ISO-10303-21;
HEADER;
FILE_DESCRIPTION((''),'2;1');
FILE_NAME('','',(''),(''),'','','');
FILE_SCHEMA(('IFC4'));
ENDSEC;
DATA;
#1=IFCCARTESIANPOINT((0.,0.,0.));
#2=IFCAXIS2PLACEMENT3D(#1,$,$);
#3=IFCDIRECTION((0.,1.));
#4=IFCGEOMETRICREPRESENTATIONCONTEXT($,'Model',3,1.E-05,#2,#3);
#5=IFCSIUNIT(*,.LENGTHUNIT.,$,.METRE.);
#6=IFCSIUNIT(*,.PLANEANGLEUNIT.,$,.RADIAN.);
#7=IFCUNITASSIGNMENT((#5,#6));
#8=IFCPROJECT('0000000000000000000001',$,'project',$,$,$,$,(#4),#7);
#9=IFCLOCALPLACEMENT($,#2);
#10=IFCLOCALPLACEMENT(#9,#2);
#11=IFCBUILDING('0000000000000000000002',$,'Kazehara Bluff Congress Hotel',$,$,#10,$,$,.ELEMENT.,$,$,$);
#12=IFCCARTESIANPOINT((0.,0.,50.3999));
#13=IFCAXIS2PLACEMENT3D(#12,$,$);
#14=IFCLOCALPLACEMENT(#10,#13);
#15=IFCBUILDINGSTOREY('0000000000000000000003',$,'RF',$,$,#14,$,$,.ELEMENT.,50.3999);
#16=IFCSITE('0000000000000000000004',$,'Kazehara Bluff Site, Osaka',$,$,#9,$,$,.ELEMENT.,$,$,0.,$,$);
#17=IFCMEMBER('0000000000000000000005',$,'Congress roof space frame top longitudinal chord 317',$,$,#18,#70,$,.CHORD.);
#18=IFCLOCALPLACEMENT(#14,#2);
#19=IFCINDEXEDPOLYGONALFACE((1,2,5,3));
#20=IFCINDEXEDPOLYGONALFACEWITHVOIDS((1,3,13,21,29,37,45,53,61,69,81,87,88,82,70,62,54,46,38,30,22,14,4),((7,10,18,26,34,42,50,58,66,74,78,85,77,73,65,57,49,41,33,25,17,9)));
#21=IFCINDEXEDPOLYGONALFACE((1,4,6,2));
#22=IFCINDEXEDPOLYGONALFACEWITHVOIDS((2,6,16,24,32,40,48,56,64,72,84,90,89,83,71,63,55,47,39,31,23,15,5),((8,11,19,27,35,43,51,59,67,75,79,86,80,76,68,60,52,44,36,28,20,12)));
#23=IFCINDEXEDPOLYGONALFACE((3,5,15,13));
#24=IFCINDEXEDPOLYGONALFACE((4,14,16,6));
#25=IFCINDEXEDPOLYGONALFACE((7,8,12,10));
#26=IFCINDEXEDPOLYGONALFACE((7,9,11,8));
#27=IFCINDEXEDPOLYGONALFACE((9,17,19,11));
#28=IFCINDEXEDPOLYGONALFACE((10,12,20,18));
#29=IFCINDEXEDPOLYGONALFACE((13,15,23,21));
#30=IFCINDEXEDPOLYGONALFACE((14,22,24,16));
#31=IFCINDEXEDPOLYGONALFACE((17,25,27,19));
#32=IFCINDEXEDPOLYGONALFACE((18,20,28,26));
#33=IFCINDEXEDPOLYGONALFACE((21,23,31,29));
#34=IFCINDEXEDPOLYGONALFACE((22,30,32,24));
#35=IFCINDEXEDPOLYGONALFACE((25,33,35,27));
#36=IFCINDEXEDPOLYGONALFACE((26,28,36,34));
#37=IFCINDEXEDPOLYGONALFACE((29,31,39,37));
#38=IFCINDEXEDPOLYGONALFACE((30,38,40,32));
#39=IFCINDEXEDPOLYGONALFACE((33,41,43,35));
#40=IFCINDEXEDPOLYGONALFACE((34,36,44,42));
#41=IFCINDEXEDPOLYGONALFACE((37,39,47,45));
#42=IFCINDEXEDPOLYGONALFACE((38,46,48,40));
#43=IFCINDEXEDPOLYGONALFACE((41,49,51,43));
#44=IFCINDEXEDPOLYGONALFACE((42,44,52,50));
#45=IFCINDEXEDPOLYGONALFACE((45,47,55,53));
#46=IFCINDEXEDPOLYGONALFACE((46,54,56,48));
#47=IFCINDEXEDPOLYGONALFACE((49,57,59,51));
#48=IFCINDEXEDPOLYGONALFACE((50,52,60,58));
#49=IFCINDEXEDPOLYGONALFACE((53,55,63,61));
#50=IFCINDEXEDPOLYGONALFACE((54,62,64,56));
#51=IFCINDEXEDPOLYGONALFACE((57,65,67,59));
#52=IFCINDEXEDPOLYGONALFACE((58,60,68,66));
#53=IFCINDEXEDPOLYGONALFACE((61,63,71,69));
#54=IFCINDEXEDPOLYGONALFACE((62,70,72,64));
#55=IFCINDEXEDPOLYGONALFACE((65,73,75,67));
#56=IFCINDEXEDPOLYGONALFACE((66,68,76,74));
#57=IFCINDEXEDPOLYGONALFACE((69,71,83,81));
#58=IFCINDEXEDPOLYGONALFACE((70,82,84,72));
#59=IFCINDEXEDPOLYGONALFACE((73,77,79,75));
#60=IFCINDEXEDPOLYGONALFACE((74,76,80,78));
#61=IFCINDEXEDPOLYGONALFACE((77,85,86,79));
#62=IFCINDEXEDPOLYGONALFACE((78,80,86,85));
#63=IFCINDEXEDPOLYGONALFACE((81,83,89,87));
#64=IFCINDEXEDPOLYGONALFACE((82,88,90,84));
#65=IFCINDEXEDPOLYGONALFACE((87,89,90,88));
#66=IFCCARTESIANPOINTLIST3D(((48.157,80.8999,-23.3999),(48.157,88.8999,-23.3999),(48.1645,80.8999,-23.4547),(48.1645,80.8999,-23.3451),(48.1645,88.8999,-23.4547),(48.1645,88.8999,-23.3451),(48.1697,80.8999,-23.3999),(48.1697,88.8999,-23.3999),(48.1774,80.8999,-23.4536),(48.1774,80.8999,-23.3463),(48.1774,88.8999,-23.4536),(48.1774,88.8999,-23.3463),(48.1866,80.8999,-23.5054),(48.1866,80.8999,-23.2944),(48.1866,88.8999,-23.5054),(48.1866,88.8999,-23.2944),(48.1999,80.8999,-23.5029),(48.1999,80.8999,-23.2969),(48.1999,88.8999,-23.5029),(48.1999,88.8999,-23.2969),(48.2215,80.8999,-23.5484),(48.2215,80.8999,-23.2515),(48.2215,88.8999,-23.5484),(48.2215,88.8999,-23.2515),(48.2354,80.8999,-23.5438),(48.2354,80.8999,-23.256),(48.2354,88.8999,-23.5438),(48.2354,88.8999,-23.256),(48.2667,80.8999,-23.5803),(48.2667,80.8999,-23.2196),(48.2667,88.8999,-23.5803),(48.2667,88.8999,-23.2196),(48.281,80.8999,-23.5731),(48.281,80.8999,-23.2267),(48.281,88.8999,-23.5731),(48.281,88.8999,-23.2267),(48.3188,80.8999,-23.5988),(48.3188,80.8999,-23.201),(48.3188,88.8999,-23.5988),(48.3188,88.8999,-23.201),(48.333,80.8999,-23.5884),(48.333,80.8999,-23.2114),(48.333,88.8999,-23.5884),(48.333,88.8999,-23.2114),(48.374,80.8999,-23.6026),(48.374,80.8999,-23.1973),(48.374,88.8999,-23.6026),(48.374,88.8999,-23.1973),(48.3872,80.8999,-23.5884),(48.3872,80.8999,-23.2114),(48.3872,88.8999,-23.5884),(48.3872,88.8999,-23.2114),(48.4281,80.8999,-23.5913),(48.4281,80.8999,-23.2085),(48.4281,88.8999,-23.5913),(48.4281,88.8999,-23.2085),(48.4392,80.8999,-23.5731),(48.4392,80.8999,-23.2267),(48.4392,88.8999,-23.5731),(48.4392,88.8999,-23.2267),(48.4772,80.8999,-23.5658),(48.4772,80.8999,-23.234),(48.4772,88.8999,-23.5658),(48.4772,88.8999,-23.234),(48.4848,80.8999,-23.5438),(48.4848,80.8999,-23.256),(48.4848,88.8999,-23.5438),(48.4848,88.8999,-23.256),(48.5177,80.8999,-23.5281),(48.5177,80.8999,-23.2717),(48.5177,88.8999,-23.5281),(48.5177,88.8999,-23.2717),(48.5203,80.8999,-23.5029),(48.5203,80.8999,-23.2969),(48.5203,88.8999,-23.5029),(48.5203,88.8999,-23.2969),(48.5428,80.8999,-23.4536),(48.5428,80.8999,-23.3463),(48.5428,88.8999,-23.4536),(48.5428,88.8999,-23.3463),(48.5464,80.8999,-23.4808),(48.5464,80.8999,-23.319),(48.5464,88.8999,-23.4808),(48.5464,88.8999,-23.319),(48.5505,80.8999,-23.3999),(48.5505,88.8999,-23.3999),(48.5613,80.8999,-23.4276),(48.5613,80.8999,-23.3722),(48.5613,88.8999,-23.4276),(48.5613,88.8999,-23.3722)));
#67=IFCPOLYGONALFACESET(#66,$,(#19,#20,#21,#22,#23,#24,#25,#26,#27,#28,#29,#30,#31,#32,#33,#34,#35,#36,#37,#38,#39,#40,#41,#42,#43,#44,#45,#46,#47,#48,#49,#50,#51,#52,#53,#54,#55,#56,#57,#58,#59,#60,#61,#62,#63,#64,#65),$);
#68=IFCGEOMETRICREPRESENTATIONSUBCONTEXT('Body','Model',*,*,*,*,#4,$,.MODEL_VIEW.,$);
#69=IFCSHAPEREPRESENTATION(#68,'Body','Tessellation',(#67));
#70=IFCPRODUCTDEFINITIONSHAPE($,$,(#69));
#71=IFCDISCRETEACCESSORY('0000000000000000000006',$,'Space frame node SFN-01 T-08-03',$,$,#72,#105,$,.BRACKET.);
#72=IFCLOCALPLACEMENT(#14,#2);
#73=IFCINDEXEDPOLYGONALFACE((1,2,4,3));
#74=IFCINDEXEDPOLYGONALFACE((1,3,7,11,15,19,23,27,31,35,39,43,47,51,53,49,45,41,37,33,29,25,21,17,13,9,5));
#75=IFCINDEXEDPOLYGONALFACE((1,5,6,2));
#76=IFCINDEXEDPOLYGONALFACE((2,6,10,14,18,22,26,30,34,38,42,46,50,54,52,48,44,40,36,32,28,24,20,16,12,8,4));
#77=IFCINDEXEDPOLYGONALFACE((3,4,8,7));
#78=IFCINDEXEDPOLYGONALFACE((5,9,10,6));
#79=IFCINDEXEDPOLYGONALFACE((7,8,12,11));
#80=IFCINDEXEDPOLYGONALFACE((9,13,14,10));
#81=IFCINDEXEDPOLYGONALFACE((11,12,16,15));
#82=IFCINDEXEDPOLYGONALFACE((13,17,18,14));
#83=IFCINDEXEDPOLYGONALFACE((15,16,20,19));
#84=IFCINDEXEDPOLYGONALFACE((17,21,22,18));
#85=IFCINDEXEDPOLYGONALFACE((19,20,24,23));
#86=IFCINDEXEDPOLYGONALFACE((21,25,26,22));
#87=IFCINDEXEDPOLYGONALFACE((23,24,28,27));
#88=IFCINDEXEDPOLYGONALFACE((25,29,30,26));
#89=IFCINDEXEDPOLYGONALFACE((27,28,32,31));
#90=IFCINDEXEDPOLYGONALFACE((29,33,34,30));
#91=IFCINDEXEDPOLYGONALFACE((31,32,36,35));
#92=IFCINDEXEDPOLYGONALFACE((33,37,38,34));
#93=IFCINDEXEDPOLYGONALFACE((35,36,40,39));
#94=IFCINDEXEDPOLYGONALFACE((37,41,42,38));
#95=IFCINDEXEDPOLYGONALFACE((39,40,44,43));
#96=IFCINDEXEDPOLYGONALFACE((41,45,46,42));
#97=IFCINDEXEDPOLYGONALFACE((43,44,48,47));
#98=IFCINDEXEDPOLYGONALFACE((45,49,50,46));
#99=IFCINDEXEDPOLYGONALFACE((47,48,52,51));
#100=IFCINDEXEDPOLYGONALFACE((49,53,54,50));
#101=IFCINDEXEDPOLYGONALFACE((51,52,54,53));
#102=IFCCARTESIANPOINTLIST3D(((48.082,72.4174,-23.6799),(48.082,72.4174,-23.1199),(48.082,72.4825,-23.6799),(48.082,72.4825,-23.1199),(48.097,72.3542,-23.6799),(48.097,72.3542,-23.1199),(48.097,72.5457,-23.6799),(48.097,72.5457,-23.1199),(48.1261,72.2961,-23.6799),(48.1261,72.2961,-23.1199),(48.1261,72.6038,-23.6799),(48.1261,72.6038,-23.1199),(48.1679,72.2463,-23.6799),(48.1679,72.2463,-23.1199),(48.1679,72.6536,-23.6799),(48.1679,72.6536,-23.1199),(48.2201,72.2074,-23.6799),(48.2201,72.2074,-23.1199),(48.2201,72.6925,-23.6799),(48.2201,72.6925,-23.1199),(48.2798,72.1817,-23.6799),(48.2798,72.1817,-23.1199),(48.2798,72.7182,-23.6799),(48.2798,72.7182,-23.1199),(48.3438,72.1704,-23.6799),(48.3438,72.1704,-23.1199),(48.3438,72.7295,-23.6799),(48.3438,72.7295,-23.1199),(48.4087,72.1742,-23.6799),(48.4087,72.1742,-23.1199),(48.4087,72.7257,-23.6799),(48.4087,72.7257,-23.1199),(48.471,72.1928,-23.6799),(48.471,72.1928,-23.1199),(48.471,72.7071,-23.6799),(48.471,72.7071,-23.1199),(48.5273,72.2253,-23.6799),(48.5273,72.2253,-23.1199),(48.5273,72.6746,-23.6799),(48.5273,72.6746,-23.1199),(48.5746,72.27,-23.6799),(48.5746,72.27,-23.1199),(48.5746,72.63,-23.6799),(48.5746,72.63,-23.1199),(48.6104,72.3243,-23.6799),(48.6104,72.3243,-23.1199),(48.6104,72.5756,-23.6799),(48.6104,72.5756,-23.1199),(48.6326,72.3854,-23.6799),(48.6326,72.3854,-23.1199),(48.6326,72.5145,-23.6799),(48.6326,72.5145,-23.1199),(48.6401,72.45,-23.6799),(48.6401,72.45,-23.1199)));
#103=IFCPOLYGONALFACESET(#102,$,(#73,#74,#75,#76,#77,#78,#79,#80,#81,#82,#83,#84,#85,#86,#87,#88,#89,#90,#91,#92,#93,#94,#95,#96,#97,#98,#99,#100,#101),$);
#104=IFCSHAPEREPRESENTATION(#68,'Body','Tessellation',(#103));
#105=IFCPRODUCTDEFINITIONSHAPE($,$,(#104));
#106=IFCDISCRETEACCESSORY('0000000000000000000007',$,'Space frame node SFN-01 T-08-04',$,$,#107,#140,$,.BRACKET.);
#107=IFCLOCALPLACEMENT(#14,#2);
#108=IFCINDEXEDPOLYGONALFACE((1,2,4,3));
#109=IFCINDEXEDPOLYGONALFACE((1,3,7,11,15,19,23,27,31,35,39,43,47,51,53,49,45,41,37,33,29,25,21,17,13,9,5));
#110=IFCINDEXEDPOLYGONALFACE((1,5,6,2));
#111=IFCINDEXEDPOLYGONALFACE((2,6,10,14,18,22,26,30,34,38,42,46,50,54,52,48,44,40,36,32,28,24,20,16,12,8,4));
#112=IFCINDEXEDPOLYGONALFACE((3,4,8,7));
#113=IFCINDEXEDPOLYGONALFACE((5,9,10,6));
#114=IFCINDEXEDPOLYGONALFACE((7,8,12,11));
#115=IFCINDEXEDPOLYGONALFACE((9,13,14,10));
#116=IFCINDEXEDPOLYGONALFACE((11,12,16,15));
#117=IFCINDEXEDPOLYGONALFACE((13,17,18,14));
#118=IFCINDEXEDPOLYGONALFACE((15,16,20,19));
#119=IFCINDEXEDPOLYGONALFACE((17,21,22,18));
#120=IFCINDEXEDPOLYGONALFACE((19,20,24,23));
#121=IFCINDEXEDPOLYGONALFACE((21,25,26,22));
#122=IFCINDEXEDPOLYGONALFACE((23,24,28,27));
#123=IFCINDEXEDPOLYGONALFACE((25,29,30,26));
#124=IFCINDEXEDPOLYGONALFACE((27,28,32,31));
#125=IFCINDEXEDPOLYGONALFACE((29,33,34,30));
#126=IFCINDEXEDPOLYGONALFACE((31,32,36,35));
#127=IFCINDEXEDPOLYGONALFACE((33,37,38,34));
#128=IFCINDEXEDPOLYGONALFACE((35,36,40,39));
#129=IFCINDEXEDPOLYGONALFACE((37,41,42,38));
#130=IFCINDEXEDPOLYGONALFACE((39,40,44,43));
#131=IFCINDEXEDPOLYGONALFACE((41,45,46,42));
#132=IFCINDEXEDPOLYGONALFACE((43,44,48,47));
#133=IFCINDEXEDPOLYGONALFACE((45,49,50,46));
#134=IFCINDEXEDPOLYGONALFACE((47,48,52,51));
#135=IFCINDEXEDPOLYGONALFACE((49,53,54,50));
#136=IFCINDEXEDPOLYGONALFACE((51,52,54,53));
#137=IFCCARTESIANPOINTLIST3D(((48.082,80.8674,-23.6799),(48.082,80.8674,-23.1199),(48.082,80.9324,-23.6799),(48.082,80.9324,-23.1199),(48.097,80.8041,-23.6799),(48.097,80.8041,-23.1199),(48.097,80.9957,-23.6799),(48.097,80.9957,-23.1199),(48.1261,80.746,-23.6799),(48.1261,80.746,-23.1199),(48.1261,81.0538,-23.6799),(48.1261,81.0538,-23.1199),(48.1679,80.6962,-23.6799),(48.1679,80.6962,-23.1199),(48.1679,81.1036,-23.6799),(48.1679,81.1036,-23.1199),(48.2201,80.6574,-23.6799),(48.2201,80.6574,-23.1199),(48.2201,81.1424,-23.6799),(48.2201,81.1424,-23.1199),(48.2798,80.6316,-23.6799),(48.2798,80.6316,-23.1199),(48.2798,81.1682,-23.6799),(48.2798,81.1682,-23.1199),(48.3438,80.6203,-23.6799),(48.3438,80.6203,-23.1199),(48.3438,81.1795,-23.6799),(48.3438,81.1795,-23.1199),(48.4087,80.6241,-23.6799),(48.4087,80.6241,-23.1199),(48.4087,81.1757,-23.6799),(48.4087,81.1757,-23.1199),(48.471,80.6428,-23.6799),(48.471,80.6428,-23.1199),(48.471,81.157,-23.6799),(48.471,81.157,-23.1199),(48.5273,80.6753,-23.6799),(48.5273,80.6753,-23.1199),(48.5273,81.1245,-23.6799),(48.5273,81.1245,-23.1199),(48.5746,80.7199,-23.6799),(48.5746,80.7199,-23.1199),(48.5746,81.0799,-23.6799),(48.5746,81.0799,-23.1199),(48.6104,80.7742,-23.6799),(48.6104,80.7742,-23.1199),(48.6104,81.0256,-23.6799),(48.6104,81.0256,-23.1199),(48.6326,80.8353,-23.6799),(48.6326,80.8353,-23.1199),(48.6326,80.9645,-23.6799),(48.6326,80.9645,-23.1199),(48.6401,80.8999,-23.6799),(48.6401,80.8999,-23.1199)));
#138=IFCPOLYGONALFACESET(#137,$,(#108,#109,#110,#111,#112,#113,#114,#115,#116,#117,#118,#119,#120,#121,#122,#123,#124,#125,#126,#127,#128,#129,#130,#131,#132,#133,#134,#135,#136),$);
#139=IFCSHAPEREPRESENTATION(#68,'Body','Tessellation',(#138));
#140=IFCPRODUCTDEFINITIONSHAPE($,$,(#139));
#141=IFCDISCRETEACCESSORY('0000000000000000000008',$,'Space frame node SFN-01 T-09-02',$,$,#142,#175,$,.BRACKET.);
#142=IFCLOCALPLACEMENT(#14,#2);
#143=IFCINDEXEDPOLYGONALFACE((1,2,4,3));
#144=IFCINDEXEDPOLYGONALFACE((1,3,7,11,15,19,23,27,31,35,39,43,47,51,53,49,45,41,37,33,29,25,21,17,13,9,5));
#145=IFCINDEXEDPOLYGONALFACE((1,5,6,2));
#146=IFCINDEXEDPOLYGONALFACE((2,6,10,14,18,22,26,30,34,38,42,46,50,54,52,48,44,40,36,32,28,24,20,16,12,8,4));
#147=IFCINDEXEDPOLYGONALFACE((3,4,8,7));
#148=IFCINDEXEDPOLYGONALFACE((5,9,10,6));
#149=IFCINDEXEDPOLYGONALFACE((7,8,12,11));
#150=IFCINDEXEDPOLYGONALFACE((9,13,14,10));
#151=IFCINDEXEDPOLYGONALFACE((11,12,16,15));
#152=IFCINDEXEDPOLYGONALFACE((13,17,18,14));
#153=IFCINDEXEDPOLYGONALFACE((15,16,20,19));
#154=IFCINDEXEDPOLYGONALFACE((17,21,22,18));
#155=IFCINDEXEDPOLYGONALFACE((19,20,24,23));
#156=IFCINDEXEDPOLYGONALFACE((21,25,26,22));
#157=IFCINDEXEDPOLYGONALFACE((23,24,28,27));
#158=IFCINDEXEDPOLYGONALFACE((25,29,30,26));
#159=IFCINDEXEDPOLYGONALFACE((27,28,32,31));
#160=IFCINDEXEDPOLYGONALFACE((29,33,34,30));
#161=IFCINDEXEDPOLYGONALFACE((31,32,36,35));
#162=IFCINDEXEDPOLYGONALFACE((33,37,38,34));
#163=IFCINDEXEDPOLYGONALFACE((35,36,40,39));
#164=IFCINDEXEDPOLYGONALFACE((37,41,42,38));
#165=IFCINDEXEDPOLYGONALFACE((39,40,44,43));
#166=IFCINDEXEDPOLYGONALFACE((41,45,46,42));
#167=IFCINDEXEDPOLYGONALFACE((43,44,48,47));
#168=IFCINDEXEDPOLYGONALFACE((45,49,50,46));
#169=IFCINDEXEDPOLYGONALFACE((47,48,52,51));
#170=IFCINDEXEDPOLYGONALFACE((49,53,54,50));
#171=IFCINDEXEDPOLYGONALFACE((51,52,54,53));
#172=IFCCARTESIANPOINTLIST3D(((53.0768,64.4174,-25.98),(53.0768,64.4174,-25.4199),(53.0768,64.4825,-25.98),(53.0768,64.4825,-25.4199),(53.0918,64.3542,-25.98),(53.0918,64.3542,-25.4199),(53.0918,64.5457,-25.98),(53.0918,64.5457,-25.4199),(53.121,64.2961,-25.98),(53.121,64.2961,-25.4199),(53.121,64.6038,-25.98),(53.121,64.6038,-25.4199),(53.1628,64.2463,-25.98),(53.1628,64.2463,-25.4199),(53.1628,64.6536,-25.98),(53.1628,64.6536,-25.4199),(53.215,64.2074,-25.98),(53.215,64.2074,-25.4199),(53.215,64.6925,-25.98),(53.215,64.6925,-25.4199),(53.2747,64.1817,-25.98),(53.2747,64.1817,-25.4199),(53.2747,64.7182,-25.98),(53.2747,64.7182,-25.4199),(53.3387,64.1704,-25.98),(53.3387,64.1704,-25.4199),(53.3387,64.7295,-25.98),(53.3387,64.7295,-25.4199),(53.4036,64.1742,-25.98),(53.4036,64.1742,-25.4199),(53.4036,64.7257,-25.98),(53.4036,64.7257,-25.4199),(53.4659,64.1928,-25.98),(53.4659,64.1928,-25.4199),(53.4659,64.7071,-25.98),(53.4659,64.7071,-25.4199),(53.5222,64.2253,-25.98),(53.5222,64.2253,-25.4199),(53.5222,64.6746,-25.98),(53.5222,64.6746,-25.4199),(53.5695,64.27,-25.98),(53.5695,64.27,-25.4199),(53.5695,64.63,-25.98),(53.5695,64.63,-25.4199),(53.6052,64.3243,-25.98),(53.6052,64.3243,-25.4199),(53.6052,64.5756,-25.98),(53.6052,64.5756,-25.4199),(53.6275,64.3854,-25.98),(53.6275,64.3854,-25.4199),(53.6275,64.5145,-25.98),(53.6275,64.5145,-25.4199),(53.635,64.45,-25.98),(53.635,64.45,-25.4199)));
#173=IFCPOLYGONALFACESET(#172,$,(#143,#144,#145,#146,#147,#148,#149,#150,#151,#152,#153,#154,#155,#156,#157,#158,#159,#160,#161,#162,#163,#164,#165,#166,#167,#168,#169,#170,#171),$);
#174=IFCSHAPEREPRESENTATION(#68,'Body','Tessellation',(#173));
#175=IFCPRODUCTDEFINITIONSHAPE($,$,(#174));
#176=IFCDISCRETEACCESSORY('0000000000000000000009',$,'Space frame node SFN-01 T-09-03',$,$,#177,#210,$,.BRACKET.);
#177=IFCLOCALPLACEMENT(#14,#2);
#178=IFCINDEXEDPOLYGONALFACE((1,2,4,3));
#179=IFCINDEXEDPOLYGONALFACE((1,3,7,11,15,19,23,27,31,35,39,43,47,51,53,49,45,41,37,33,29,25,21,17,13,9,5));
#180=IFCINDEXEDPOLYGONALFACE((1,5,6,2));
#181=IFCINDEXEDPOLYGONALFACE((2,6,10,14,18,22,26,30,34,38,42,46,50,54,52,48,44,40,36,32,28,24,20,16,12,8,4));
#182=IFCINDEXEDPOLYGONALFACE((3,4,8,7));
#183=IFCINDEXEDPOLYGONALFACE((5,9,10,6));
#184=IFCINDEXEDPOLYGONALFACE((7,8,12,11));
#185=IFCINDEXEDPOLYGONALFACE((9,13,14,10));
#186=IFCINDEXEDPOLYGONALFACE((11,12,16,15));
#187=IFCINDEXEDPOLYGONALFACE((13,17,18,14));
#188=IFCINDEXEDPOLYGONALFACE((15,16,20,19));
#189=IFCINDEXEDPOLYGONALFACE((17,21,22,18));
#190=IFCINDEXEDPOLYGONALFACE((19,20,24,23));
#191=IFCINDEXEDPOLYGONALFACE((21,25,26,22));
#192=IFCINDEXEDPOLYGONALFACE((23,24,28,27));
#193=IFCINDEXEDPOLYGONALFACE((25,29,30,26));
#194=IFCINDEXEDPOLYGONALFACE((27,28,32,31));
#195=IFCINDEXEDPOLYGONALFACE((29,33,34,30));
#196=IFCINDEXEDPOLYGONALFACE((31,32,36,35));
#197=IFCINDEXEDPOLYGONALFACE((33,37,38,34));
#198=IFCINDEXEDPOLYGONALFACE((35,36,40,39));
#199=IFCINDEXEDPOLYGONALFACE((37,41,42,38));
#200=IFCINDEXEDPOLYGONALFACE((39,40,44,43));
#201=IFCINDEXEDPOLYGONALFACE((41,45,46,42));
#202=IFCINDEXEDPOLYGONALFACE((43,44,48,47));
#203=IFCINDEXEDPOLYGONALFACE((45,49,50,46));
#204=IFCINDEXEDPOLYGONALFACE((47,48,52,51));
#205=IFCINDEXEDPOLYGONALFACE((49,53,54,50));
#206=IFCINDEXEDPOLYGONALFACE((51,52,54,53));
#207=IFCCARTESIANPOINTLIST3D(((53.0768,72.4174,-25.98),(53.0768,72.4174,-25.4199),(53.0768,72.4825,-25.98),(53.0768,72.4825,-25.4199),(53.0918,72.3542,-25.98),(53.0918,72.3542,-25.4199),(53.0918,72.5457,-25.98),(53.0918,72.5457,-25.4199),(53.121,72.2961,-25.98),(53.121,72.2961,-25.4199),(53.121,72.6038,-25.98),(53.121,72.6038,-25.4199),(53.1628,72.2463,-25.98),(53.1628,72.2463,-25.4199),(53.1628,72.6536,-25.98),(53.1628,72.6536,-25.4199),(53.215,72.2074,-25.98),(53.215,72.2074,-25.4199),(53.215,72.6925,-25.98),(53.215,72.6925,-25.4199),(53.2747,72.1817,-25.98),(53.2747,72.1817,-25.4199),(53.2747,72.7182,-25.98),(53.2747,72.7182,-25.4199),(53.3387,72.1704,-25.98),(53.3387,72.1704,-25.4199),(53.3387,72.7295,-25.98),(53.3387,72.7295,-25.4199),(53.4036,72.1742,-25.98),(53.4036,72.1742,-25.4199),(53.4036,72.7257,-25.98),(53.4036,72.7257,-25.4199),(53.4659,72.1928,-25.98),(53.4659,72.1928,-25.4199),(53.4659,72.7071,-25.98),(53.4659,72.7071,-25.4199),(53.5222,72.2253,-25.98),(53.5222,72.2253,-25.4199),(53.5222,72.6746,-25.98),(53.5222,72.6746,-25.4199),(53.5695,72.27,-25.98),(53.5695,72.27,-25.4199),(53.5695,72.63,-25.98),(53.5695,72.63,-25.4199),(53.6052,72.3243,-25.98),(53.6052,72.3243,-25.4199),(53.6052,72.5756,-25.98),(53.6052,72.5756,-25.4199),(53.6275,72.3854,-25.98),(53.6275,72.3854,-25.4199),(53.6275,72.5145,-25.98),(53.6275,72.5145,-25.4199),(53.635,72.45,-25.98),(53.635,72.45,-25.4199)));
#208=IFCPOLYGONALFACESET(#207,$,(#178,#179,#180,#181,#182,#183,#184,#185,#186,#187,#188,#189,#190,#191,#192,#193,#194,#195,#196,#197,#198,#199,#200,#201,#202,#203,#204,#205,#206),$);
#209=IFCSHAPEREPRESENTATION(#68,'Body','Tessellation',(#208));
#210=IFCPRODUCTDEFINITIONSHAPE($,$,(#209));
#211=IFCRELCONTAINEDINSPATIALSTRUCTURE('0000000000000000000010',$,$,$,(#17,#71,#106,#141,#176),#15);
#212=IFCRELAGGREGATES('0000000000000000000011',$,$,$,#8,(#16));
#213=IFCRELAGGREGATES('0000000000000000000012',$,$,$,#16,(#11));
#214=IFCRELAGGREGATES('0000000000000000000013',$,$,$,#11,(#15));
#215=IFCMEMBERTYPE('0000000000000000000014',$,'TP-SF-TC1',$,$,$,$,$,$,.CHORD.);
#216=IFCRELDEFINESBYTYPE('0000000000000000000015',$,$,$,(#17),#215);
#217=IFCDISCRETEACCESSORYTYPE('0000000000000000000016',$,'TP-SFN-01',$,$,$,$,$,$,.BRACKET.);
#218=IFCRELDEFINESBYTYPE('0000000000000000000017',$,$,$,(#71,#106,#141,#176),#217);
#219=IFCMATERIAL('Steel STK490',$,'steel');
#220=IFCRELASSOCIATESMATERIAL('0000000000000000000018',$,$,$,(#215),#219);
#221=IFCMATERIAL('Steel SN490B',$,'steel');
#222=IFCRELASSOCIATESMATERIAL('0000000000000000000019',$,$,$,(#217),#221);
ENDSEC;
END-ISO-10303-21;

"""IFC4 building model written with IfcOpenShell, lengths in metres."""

from ifc_helpers import new_model, si_unit, direction, frame, origin, origin_2d, place, context, subcontext, project, spatial, circle, hollow_circle, extrude, material, material_profile, profile_set, type_object, element, save


model = new_model("IFC4")

# Units and contexts
model_context = context("Model", 3, precision=1e-05, world=origin(), true_north=direction((0.0, 1.0)))
body_context = subcontext(model_context, "Body", "Model", "MODEL_VIEW")
ifc_project = project(units=[si_unit("LENGTHUNIT", "METRE"), si_unit("PLANEANGLEUNIT", "RADIAN")], contexts=[model_context])

# Site, building, storey
site_placement = place(None, origin())
site = spatial("IfcSite", under=ifc_project, at=site_placement, Name="Kazehara Bluff Site, Osaka", CompositionType="ELEMENT", RefElevation=0.0)
building_placement = place(site_placement, origin())
building = spatial("IfcBuilding", under=site, at=building_placement, Name="Kazehara Bluff Congress Hotel", CompositionType="ELEMENT")
storey_placement = place(building_placement, frame((0.0, 0.0, 50.3999)))
storey = spatial("IfcBuildingStorey", under=building, at=storey_placement, Name="RF", CompositionType="ELEMENT", Elevation=50.3999)

# Member
ifc_material_1 = material(Name="Steel STK490", Category="steel")
ifc_material_profile_1 = material_profile(ifc_material_1, hollow_circle(Radius=0.2031, WallThickness=0.0127, at=origin_2d()))
ifc_profile_set_1 = profile_set([ifc_material_profile_1], Name="Steel STK490")
member_type_1 = type_object("IfcMemberType", Name="TP-SF-TC1", PredefinedType="CHORD", material=ifc_profile_set_1)
member_1_placement = place(storey_placement, frame((48.3601, 80.8999, -23.3999), z_axis=(0.0, 1.0, 0.0), x_axis=(-1.0, 0.0, 0.0)))
element("IfcMember", 1, at=member_1_placement, inside=storey, type_object=member_type_1, Name="Congress roof space frame top longitudinal chord 317", PredefinedType="CHORD", context=body_context, shape_type="SweptSolid", body=[
    extrude(hollow_circle(Radius=0.2031, WallThickness=0.0127, at=origin_2d()), origin(), (0.0, 0.0, 1.0), 8.0),
])

# Discrete accessories
ifc_material_2 = material(Name="Steel SN490B", Category="steel")
ifc_material_profile_2 = material_profile(ifc_material_2, circle(Radius=0.28, at=origin_2d()))
ifc_profile_set_2 = profile_set([ifc_material_profile_2], Name="Steel SN490B")
discrete_accessory_type_1 = type_object("IfcDiscreteAccessoryType", Name="TP-SFN-01", PredefinedType="BRACKET", material=ifc_profile_set_2)
for number, where, z_axis, x_axis, name in (
    (2, (48.3601, 72.45, -23.6799), (0.0, 0.0, 1.0), (1.0, 0.0, 0.0), "Space frame node SFN-01 T-08-03"),
    (3, (48.3601, 80.8999, -23.6799), (0.0, 0.0, 1.0), (1.0, 0.0, 0.0), "Space frame node SFN-01 T-08-04"),
    (4, (53.355, 64.45, -25.98), (0.0, 0.0, 1.0), (1.0, 0.0, 0.0), "Space frame node SFN-01 T-09-02"),
    (5, (53.355, 72.45, -25.98), (0.0, 0.0, 1.0), (1.0, 0.0, 0.0), "Space frame node SFN-01 T-09-03"),
):
    element("IfcDiscreteAccessory", number, at=place(storey_placement, frame(where, z_axis=z_axis, x_axis=x_axis)), inside=storey, type_object=discrete_accessory_type_1, Name=name, PredefinedType="BRACKET", context=body_context, shape_type="SweptSolid", body=[
        extrude(circle(Radius=0.28, at=origin_2d()), origin(), (0.0, 0.0, 1.0), 0.5601),
    ])

save(model, "model.ifc")
